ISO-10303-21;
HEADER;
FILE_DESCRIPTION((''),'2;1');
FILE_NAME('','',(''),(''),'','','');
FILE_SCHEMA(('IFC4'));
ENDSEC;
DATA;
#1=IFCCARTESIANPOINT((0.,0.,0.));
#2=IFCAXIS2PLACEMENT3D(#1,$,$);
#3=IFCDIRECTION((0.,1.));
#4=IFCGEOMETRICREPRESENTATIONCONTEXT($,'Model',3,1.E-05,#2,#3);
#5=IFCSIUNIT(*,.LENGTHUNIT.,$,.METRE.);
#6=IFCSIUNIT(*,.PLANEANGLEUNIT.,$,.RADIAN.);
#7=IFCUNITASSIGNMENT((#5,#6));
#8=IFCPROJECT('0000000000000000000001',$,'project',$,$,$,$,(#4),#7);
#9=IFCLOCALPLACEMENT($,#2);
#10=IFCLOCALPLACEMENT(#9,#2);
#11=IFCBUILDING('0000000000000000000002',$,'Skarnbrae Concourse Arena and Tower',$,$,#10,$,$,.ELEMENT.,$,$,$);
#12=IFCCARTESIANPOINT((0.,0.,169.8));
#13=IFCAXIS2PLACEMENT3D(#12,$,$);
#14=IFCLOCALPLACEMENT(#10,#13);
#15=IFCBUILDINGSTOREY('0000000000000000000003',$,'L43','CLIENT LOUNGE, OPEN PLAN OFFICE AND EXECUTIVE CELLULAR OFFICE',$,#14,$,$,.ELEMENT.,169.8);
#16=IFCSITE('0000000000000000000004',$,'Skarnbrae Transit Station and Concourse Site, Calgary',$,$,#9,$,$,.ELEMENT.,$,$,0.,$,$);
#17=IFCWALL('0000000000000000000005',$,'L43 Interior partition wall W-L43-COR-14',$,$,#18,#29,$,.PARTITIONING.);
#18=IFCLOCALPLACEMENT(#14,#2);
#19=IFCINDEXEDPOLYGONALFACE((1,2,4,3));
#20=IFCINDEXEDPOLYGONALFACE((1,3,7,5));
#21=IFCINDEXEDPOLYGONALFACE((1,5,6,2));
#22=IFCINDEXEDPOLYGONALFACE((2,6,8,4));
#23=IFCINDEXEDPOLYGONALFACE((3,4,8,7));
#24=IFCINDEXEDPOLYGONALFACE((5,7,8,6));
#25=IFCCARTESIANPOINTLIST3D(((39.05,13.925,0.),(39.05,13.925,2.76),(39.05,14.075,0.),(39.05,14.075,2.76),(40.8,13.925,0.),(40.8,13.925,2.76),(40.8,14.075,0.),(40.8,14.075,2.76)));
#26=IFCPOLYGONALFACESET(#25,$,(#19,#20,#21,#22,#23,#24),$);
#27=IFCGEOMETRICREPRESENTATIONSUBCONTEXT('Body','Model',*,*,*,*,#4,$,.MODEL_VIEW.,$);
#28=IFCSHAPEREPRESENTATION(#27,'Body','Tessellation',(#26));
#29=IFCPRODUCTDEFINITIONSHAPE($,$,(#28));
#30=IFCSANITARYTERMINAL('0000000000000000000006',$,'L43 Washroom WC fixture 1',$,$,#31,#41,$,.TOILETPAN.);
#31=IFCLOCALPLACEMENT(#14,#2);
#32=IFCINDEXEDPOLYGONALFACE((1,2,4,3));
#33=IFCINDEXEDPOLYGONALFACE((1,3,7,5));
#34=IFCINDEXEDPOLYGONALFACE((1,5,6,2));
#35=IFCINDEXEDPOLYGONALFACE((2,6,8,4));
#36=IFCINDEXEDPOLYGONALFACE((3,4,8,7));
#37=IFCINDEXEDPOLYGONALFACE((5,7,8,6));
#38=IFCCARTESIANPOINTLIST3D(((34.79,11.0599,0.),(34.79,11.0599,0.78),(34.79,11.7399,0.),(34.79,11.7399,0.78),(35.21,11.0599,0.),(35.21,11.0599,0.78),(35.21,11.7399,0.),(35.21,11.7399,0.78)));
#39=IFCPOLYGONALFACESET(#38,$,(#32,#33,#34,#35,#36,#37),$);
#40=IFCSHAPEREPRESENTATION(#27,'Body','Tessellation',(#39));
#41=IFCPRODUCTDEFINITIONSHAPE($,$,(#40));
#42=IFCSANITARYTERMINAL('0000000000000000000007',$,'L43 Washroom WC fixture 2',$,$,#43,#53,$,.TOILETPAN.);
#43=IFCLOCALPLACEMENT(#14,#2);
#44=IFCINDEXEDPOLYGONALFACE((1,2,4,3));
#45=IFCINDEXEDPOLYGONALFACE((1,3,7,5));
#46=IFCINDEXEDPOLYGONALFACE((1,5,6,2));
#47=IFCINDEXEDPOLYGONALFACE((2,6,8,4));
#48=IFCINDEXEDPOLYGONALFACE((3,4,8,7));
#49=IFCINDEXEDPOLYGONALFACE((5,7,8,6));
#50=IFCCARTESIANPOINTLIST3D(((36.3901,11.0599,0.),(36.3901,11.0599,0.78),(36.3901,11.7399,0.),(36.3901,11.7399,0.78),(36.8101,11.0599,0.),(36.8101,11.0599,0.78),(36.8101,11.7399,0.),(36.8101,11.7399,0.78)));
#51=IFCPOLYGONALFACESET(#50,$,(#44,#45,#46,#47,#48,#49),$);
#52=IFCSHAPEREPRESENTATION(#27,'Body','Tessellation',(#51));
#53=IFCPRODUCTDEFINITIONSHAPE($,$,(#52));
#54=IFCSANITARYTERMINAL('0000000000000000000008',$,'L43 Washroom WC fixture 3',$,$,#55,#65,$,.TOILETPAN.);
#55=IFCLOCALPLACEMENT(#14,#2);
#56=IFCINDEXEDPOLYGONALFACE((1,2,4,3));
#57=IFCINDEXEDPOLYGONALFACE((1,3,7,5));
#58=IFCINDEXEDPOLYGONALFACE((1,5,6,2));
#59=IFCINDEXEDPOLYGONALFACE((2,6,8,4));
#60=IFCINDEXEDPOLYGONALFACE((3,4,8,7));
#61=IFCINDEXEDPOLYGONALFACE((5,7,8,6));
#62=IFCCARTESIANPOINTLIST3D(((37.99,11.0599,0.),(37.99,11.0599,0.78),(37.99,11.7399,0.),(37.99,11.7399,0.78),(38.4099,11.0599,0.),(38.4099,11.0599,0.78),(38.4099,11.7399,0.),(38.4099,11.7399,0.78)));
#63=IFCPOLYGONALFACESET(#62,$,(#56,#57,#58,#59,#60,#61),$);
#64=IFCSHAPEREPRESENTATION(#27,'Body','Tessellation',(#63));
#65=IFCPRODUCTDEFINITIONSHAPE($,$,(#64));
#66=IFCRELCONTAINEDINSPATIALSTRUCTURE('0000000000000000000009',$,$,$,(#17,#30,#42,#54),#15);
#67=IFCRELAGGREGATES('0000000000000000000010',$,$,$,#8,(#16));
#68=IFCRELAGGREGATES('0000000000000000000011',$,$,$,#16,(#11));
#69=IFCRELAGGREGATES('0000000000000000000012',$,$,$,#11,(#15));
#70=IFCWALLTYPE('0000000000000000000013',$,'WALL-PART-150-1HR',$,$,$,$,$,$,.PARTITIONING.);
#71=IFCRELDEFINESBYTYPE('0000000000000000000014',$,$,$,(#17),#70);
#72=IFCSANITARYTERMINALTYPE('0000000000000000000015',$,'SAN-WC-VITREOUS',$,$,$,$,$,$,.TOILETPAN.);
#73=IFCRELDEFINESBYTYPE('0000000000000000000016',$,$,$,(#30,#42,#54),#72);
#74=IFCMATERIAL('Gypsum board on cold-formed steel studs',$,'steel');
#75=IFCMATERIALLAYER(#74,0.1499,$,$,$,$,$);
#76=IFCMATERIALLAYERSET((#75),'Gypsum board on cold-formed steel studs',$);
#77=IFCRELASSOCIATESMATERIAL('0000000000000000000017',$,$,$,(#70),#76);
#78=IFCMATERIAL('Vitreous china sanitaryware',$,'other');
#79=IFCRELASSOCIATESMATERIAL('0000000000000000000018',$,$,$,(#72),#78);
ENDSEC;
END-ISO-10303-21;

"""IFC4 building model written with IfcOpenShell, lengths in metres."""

from ifc_helpers import new_model, si_unit, direction, frame, frame_2d, origin, origin_2d, place, context, subcontext, project, spatial, rectangle, extrude, source, transform, mapped, material, layer, layer_set, type_object, element, save


model = new_model("IFC4")

# Units and contexts
model_context = context("Model", 3, precision=1e-05, world=origin(), true_north=direction((0.0, 1.0)))
body_context = subcontext(model_context, "Body", "Model", "MODEL_VIEW")
ifc_project = project(units=[si_unit("LENGTHUNIT", "METRE"), si_unit("PLANEANGLEUNIT", "RADIAN")], contexts=[model_context])

# Site, building, storey
site_placement = place(None, origin())
site = spatial("IfcSite", under=ifc_project, at=site_placement, Name="Skarnbrae Transit Station and Concourse Site, Calgary", CompositionType="ELEMENT", RefElevation=0.0)
building_placement = place(site_placement, origin())
building = spatial("IfcBuilding", under=site, at=building_placement, Name="Skarnbrae Concourse Arena and Tower", CompositionType="ELEMENT")
storey_placement = place(building_placement, frame((0.0, 0.0, 169.8)))
storey = spatial("IfcBuildingStorey", under=building, at=storey_placement, Name="L43", Description="CLIENT LOUNGE, OPEN PLAN OFFICE AND EXECUTIVE CELLULAR OFFICE", CompositionType="ELEMENT", Elevation=169.8)

# Shared definitions
ifc_material_1 = material(Name="Gypsum board on cold-formed steel studs", Category="steel")
ifc_layer_1 = layer(ifc_material_1, 0.1499)
ifc_layer_set_1 = layer_set([ifc_layer_1], Name="Gypsum board on cold-formed steel studs")
wall_type_1 = type_object("IfcWallType", Name="WALL-PART-150-1HR", PredefinedType="PARTITIONING", material=ifc_layer_set_1)

# Wall
shared_shape_1 = source(origin(), body_context, "Body", "SweptSolid", [
    extrude(rectangle(XDim=1.75, YDim=0.1499, at=frame_2d((0.875, 0.0))), origin(), (0.0, 0.0, 1.0), 2.76),
])
wall_1_placement = place(storey_placement, frame((40.8, 14.0, 0.0), z_axis=(0.0, 0.0, 1.0), x_axis=(-1.0, 0.0, 0.0)))
element("IfcWall", 1, at=wall_1_placement, inside=storey, type_object=wall_type_1, Name="L43 Interior partition wall W-L43-COR-14", PredefinedType="PARTITIONING", context=body_context, shape_type="MappedRepresentation", body=[
    mapped(shared_shape_1, transform((0.0, 0.0, 0.0))),
])

# Sanitary terminals
ifc_material_2 = material(Name="Vitreous china sanitaryware", Category="other")
sanitary_terminal_type = type_object("IfcSanitaryTerminalType", Name="SAN-WC-VITREOUS", PredefinedType="TOILETPAN", material=ifc_material_2)
shared_shape_2 = source(origin(), body_context, "Body", "SweptSolid", [
    extrude(rectangle(XDim=0.4199, YDim=0.6799, at=origin_2d()), origin(), (0.0, 0.0, 1.0), 0.78),
])
for number, where, z_axis, x_axis, name in (
    (2, (35.0, 11.3999, 0.0), (0.0, 0.0, 1.0), (1.0, 0.0, 0.0), "L43 Washroom WC fixture 1"),
    (3, (36.6001, 11.3999, 0.0), (0.0, 0.0, 1.0), (1.0, 0.0, 0.0), "L43 Washroom WC fixture 2"),
    (4, (38.2, 11.3999, 0.0), (0.0, 0.0, 1.0), (1.0, 0.0, 0.0), "L43 Washroom WC fixture 3"),
):
    element("IfcSanitaryTerminal", number, at=place(storey_placement, frame(where, z_axis=z_axis, x_axis=x_axis)), inside=storey, type_object=sanitary_terminal_type, Name=name, PredefinedType="TOILETPAN", context=body_context, shape_type="MappedRepresentation", body=[
        mapped(shared_shape_2, transform((0.0, 0.0, 0.0))),
    ])

save(model, "model.ifc")
